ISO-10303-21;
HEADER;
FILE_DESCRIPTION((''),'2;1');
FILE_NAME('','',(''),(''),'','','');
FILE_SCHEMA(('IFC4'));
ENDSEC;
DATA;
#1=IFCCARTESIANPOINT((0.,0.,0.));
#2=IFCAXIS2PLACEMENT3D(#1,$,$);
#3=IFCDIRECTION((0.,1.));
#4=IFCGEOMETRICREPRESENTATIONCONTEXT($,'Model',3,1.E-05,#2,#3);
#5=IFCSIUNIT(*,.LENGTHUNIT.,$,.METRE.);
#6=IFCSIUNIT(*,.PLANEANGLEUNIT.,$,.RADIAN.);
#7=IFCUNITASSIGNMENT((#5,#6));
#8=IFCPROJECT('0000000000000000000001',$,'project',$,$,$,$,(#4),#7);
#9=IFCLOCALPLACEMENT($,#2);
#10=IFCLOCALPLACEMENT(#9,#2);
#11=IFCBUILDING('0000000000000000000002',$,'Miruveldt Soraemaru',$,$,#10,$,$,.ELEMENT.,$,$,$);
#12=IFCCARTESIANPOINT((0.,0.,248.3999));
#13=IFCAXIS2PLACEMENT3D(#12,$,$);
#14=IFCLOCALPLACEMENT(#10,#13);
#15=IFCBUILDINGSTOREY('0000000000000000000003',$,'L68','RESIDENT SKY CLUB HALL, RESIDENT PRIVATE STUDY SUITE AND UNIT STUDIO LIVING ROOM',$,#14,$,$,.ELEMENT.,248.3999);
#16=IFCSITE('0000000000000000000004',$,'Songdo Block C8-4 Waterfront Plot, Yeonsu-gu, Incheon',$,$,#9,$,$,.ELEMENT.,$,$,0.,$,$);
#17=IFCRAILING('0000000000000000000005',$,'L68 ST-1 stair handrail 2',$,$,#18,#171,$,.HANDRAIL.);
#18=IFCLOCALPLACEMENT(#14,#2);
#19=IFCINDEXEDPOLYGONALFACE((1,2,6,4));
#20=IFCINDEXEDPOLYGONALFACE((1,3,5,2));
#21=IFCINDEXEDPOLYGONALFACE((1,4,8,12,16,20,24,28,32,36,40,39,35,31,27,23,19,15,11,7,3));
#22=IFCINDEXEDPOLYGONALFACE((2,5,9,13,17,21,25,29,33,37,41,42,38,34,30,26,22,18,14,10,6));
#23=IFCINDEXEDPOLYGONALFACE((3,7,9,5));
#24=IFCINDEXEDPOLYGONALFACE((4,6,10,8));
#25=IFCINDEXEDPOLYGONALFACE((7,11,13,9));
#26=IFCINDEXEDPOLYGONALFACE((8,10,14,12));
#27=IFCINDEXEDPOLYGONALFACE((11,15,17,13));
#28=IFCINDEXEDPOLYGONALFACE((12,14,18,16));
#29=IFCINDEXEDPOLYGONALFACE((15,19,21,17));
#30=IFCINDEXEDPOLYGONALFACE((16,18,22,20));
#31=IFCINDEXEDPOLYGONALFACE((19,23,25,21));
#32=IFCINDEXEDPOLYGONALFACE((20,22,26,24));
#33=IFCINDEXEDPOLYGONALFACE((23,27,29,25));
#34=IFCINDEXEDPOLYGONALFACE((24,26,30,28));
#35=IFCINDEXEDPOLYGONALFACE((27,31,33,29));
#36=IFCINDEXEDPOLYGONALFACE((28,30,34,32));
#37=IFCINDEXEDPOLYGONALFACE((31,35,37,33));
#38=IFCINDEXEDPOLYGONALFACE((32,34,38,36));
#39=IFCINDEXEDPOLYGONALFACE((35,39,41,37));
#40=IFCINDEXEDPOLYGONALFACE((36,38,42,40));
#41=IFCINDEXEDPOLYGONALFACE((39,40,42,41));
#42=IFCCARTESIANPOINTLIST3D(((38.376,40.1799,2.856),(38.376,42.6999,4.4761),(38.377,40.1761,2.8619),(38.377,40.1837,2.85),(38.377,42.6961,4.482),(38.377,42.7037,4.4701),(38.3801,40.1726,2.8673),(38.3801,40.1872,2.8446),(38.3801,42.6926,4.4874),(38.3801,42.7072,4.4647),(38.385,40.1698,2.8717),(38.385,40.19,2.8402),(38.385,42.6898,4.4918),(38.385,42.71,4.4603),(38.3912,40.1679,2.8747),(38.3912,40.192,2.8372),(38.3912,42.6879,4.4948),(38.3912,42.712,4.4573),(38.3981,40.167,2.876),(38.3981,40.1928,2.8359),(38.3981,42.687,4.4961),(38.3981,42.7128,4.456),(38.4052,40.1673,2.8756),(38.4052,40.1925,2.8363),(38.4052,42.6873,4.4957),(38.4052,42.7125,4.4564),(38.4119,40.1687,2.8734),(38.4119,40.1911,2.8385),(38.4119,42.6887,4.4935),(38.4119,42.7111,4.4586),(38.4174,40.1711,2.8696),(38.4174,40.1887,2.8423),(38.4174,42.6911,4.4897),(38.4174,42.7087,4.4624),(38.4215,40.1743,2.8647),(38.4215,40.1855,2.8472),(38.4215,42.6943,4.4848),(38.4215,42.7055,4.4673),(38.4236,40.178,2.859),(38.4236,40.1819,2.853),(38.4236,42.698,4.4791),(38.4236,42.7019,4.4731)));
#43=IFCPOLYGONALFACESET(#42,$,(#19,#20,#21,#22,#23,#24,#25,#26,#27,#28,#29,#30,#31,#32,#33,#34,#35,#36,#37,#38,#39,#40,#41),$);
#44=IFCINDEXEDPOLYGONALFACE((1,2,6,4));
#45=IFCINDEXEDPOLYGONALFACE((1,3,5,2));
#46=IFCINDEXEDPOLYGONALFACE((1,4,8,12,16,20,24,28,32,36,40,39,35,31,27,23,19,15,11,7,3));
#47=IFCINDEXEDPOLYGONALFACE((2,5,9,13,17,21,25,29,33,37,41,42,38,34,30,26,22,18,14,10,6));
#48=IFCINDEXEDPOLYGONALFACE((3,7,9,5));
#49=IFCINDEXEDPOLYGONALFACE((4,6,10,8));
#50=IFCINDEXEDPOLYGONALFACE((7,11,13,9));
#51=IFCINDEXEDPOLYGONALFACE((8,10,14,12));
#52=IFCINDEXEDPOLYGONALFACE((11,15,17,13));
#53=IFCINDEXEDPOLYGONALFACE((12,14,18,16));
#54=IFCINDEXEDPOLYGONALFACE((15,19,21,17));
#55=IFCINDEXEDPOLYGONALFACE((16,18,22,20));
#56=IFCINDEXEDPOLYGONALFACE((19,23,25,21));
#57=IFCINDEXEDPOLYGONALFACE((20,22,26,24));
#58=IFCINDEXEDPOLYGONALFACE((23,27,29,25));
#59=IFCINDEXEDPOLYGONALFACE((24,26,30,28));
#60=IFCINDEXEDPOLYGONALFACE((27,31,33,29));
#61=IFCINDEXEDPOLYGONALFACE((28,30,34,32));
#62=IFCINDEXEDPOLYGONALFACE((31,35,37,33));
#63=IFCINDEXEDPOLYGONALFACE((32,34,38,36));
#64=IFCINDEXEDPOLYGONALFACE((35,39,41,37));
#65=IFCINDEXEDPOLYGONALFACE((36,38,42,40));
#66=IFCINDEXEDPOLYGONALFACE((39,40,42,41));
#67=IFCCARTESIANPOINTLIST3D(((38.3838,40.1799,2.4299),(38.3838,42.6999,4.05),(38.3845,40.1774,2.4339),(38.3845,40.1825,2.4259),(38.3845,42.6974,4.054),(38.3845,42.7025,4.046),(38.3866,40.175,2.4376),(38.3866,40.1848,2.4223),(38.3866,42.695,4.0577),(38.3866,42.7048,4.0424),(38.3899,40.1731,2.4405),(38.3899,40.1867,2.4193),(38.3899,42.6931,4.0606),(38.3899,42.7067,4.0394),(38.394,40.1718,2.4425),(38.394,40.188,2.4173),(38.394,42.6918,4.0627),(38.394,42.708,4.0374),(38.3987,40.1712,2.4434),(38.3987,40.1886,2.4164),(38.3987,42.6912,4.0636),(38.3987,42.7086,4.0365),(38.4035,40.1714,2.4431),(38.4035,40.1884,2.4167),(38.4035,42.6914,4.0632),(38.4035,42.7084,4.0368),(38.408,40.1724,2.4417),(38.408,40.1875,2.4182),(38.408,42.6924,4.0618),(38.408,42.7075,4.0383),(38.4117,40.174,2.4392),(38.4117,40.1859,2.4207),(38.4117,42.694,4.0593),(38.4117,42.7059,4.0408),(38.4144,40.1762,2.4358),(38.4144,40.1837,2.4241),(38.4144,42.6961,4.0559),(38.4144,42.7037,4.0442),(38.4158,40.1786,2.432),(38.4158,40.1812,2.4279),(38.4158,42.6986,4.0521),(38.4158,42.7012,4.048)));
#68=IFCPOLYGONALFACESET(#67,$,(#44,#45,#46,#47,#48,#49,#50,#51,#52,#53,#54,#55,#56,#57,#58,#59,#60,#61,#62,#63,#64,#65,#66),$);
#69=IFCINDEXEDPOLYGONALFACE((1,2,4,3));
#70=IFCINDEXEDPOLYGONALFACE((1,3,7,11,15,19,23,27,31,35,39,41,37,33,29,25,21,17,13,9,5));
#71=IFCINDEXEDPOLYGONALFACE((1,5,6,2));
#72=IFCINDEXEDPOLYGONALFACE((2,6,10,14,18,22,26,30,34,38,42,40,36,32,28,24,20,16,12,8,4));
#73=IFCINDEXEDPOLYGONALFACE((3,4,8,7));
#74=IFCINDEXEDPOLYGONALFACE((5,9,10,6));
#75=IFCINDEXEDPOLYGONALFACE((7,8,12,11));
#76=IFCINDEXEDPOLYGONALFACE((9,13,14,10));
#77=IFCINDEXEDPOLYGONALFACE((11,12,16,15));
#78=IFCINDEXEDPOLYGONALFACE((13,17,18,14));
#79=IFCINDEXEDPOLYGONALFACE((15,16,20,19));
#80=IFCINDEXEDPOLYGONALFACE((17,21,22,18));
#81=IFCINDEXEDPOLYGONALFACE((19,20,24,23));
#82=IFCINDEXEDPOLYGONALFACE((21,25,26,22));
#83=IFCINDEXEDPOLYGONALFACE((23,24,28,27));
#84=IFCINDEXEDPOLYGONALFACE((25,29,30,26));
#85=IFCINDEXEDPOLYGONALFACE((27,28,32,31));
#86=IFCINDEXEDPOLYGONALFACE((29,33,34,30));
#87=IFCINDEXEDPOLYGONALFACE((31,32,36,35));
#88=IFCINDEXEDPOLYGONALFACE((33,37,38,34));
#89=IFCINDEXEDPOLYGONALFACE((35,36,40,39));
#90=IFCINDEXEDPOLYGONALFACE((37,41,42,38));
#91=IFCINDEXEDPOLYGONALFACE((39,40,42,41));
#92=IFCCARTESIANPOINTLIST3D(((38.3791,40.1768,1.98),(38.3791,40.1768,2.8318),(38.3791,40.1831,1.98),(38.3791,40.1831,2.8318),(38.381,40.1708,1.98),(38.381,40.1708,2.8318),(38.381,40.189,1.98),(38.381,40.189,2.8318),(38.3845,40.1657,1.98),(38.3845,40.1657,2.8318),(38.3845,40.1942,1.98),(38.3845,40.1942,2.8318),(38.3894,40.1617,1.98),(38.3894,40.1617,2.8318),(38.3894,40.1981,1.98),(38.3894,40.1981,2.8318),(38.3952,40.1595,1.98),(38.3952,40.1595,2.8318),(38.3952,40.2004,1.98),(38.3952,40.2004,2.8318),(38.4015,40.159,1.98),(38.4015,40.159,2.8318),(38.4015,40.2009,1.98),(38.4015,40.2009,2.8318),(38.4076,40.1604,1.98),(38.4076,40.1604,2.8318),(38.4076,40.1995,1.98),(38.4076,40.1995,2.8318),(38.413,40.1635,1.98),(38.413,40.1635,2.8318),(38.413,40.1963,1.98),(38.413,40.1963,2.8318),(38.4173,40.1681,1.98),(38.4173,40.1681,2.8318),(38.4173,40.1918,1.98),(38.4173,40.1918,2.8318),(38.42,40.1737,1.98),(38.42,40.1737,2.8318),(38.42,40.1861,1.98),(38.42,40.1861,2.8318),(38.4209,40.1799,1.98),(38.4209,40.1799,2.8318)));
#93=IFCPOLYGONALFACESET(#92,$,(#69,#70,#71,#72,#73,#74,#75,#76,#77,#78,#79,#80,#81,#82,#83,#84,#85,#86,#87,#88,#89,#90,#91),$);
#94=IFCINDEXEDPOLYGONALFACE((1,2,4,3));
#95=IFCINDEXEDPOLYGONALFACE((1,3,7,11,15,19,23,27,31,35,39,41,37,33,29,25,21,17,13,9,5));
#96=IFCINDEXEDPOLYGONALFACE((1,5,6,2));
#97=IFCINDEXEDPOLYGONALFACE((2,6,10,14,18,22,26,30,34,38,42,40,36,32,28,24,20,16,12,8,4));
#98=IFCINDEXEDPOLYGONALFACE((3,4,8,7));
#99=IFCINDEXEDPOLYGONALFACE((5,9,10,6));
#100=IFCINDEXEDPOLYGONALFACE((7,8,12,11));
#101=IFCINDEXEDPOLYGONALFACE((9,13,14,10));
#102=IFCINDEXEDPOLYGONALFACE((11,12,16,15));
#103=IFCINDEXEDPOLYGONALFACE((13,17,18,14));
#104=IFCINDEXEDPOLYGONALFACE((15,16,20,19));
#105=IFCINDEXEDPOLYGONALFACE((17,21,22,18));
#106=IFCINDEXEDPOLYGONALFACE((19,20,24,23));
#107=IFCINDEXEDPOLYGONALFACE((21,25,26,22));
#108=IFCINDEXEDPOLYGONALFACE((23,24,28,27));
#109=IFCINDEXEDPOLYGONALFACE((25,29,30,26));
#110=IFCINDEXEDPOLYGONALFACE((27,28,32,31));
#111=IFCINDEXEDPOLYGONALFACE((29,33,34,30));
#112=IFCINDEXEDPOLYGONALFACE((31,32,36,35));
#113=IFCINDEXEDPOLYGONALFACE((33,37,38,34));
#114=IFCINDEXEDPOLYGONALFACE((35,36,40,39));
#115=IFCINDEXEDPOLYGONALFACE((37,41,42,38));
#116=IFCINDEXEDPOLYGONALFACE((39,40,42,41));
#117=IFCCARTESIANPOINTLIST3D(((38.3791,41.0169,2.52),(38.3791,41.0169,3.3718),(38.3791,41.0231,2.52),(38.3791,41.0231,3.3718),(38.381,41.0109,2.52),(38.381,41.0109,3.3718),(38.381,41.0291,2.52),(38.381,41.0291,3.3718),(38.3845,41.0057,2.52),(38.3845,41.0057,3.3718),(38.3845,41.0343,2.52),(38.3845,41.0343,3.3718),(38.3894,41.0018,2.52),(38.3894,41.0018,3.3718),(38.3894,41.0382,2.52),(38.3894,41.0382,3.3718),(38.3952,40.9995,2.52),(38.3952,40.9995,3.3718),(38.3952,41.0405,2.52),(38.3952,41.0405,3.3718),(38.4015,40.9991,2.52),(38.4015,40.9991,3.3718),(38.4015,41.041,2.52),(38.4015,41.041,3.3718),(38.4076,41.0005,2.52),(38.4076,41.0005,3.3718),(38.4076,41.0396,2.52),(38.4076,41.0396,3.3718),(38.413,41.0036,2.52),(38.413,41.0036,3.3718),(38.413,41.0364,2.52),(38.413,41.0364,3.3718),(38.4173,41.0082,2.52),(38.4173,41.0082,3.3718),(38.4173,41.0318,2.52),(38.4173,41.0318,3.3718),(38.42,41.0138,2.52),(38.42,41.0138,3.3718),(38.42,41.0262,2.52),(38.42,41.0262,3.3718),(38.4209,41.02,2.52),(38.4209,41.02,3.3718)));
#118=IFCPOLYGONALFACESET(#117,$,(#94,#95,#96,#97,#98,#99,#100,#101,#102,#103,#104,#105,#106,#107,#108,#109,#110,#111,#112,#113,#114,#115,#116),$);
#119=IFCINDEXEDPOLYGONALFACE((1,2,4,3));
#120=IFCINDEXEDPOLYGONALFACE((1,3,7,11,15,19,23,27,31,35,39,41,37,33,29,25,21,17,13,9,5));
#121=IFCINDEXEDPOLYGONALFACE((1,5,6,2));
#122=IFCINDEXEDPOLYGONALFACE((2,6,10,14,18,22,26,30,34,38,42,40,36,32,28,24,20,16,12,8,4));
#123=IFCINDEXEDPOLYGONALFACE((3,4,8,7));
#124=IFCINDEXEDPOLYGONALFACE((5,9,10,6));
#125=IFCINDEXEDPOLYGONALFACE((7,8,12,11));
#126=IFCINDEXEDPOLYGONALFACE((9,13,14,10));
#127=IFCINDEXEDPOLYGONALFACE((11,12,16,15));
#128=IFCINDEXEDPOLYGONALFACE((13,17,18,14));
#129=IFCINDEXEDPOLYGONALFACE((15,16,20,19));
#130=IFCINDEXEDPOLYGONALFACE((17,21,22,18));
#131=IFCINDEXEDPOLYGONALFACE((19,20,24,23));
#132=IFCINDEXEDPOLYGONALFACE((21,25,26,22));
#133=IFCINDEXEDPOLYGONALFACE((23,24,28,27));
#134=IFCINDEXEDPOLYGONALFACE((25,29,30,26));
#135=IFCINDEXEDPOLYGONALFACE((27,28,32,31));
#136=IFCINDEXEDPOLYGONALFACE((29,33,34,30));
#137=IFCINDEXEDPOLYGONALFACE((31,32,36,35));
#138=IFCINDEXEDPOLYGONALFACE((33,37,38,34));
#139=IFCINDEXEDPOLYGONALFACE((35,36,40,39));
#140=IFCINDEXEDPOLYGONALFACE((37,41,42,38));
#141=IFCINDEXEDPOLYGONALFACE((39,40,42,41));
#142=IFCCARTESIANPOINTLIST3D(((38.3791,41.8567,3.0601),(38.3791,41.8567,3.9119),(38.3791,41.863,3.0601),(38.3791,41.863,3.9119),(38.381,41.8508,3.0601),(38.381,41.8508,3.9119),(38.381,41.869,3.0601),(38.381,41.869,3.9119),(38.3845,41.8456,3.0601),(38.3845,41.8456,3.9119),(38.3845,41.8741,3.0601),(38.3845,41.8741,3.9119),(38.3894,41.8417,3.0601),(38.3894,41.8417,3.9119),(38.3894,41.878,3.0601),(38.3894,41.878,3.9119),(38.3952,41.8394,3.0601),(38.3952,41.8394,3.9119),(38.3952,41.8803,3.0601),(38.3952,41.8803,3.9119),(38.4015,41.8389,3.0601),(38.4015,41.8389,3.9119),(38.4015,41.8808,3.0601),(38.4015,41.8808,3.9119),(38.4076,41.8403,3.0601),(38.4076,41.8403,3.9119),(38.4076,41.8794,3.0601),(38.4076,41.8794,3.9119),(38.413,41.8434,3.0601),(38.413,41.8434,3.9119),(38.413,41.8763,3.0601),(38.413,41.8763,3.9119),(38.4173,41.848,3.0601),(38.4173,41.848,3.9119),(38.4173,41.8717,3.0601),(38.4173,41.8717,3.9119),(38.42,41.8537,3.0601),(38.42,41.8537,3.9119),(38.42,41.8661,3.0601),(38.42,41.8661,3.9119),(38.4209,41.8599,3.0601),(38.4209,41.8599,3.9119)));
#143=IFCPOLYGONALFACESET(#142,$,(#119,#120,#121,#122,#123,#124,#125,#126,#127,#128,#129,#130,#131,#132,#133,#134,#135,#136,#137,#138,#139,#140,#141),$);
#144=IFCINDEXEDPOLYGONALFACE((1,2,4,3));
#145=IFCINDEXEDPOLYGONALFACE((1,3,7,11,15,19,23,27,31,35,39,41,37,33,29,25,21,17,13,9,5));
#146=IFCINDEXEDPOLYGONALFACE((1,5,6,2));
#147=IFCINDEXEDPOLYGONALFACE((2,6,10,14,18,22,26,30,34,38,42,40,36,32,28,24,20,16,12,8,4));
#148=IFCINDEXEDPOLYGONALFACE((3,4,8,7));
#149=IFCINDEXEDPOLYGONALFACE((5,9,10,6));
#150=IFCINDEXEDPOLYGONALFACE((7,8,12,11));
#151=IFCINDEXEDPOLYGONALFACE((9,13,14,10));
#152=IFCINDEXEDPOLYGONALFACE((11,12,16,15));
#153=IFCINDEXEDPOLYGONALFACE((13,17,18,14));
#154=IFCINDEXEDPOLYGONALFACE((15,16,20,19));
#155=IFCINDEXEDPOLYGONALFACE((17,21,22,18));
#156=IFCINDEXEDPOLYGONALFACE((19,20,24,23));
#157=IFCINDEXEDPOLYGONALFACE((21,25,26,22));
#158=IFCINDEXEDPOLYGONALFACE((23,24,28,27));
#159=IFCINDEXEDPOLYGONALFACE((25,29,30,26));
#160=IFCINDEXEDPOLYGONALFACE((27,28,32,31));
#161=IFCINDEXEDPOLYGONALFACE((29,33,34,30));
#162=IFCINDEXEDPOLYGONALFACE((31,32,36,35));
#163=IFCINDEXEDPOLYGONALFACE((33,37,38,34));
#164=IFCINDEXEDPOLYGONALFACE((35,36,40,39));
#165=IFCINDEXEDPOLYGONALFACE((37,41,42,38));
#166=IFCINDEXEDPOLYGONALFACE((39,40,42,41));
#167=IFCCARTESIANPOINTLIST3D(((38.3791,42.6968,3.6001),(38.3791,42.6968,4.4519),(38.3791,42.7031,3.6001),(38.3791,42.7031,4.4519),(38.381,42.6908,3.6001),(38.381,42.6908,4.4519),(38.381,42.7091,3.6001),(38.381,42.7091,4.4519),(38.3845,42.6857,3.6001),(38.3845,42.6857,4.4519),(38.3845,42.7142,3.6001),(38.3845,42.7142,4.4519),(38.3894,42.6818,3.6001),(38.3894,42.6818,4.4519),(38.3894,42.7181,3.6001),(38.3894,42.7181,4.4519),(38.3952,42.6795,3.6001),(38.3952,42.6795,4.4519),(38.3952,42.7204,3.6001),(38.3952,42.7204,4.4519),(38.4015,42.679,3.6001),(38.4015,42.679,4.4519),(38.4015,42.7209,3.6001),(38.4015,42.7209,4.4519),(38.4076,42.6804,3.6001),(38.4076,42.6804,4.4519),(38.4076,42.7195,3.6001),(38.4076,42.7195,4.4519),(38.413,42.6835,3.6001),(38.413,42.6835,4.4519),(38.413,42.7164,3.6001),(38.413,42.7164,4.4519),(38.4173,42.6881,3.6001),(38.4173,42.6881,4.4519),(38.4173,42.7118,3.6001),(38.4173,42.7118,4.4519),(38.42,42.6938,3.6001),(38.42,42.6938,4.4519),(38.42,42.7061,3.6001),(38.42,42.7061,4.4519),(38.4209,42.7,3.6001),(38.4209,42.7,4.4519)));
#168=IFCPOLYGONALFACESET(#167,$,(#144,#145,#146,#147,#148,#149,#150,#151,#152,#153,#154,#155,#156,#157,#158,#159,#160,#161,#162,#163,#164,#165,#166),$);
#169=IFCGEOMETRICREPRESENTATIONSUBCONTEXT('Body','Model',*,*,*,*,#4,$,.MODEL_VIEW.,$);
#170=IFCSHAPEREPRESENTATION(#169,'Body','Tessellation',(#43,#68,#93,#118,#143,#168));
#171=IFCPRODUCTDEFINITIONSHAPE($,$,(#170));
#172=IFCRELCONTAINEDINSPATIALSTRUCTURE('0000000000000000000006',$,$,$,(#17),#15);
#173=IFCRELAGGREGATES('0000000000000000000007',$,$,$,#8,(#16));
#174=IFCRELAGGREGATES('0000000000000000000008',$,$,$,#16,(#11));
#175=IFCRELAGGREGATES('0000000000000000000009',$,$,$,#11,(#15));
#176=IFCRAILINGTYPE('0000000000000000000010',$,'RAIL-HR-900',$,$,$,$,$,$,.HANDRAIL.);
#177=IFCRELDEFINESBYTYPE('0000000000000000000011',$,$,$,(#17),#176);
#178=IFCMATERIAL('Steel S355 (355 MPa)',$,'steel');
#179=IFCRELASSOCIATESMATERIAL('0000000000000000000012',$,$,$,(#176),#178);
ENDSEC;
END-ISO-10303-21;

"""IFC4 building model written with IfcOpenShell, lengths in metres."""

from ifc_helpers import new_model, si_unit, direction, frame, origin, origin_2d, place, context, subcontext, project, spatial, circle, extrude, material, type_object, element, save


model = new_model("IFC4")

# Units and contexts
model_context = context("Model", 3, precision=1e-05, world=origin(), true_north=direction((0.0, 1.0)))
body_context = subcontext(model_context, "Body", "Model", "MODEL_VIEW")
ifc_project = project(units=[si_unit("LENGTHUNIT", "METRE"), si_unit("PLANEANGLEUNIT", "RADIAN")], contexts=[model_context])

# Site, building, storey
site_placement = place(None, origin())
site = spatial("IfcSite", under=ifc_project, at=site_placement, Name="Songdo Block C8-4 Waterfront Plot, Yeonsu-gu, Incheon", CompositionType="ELEMENT", RefElevation=0.0)
building_placement = place(site_placement, origin())
building = spatial("IfcBuilding", under=site, at=building_placement, Name="Miruveldt Soraemaru", CompositionType="ELEMENT")
storey_placement = place(building_placement, frame((0.0, 0.0, 248.3999)))
storey = spatial("IfcBuildingStorey", under=building, at=storey_placement, Name="L68", Description="RESIDENT SKY CLUB HALL, RESIDENT PRIVATE STUDY SUITE AND UNIT STUDIO LIVING ROOM", CompositionType="ELEMENT", Elevation=248.3999)

# Railing
ifc_material_1 = material(Name="Steel S355 (355 MPa)", Category="steel")
railing_type_1 = type_object("IfcRailingType", Name="RAIL-HR-900", PredefinedType="HANDRAIL", material=ifc_material_1)
railing_1_placement = place(storey_placement, frame((38.3999, 40.1799, 1.98)))
element("IfcRailing", 1, at=railing_1_placement, inside=storey, type_object=railing_type_1, Name="L68 ST-1 stair handrail 2", PredefinedType="HANDRAIL", context=body_context, shape_type="SweptSolid", body=[
    extrude(circle(Radius=0.0239, at=origin_2d()), frame((0.0, 0.0, 0.876), z_axis=(0.0, 0.841163, 0.540782), x_axis=(-1.0, 0.0, 0.0)), (0.0, 0.0, 1.0), 2.9958),
    extrude(circle(Radius=0.0161, at=origin_2d()), frame((0.0, 0.0, 0.45), z_axis=(0.0, 0.841163, 0.540782), x_axis=(-1.0, 0.0, 0.0)), (0.0, 0.0, 1.0), 2.9958),
    extrude(circle(Radius=0.021, at=origin_2d()), origin(), (0.0, 0.0, 1.0), 0.8518),
    extrude(circle(Radius=0.021, at=origin_2d()), frame((0.0, 0.8401, 0.54)), (0.0, 0.0, 1.0), 0.8518),
    extrude(circle(Radius=0.021, at=origin_2d()), frame((0.0, 1.6799, 1.0801)), (0.0, 0.0, 1.0), 0.8518),
    extrude(circle(Radius=0.021, at=origin_2d()), frame((0.0, 2.52, 1.6201)), (0.0, 0.0, 1.0), 0.8518),
])

save(model, "model.ifc")
